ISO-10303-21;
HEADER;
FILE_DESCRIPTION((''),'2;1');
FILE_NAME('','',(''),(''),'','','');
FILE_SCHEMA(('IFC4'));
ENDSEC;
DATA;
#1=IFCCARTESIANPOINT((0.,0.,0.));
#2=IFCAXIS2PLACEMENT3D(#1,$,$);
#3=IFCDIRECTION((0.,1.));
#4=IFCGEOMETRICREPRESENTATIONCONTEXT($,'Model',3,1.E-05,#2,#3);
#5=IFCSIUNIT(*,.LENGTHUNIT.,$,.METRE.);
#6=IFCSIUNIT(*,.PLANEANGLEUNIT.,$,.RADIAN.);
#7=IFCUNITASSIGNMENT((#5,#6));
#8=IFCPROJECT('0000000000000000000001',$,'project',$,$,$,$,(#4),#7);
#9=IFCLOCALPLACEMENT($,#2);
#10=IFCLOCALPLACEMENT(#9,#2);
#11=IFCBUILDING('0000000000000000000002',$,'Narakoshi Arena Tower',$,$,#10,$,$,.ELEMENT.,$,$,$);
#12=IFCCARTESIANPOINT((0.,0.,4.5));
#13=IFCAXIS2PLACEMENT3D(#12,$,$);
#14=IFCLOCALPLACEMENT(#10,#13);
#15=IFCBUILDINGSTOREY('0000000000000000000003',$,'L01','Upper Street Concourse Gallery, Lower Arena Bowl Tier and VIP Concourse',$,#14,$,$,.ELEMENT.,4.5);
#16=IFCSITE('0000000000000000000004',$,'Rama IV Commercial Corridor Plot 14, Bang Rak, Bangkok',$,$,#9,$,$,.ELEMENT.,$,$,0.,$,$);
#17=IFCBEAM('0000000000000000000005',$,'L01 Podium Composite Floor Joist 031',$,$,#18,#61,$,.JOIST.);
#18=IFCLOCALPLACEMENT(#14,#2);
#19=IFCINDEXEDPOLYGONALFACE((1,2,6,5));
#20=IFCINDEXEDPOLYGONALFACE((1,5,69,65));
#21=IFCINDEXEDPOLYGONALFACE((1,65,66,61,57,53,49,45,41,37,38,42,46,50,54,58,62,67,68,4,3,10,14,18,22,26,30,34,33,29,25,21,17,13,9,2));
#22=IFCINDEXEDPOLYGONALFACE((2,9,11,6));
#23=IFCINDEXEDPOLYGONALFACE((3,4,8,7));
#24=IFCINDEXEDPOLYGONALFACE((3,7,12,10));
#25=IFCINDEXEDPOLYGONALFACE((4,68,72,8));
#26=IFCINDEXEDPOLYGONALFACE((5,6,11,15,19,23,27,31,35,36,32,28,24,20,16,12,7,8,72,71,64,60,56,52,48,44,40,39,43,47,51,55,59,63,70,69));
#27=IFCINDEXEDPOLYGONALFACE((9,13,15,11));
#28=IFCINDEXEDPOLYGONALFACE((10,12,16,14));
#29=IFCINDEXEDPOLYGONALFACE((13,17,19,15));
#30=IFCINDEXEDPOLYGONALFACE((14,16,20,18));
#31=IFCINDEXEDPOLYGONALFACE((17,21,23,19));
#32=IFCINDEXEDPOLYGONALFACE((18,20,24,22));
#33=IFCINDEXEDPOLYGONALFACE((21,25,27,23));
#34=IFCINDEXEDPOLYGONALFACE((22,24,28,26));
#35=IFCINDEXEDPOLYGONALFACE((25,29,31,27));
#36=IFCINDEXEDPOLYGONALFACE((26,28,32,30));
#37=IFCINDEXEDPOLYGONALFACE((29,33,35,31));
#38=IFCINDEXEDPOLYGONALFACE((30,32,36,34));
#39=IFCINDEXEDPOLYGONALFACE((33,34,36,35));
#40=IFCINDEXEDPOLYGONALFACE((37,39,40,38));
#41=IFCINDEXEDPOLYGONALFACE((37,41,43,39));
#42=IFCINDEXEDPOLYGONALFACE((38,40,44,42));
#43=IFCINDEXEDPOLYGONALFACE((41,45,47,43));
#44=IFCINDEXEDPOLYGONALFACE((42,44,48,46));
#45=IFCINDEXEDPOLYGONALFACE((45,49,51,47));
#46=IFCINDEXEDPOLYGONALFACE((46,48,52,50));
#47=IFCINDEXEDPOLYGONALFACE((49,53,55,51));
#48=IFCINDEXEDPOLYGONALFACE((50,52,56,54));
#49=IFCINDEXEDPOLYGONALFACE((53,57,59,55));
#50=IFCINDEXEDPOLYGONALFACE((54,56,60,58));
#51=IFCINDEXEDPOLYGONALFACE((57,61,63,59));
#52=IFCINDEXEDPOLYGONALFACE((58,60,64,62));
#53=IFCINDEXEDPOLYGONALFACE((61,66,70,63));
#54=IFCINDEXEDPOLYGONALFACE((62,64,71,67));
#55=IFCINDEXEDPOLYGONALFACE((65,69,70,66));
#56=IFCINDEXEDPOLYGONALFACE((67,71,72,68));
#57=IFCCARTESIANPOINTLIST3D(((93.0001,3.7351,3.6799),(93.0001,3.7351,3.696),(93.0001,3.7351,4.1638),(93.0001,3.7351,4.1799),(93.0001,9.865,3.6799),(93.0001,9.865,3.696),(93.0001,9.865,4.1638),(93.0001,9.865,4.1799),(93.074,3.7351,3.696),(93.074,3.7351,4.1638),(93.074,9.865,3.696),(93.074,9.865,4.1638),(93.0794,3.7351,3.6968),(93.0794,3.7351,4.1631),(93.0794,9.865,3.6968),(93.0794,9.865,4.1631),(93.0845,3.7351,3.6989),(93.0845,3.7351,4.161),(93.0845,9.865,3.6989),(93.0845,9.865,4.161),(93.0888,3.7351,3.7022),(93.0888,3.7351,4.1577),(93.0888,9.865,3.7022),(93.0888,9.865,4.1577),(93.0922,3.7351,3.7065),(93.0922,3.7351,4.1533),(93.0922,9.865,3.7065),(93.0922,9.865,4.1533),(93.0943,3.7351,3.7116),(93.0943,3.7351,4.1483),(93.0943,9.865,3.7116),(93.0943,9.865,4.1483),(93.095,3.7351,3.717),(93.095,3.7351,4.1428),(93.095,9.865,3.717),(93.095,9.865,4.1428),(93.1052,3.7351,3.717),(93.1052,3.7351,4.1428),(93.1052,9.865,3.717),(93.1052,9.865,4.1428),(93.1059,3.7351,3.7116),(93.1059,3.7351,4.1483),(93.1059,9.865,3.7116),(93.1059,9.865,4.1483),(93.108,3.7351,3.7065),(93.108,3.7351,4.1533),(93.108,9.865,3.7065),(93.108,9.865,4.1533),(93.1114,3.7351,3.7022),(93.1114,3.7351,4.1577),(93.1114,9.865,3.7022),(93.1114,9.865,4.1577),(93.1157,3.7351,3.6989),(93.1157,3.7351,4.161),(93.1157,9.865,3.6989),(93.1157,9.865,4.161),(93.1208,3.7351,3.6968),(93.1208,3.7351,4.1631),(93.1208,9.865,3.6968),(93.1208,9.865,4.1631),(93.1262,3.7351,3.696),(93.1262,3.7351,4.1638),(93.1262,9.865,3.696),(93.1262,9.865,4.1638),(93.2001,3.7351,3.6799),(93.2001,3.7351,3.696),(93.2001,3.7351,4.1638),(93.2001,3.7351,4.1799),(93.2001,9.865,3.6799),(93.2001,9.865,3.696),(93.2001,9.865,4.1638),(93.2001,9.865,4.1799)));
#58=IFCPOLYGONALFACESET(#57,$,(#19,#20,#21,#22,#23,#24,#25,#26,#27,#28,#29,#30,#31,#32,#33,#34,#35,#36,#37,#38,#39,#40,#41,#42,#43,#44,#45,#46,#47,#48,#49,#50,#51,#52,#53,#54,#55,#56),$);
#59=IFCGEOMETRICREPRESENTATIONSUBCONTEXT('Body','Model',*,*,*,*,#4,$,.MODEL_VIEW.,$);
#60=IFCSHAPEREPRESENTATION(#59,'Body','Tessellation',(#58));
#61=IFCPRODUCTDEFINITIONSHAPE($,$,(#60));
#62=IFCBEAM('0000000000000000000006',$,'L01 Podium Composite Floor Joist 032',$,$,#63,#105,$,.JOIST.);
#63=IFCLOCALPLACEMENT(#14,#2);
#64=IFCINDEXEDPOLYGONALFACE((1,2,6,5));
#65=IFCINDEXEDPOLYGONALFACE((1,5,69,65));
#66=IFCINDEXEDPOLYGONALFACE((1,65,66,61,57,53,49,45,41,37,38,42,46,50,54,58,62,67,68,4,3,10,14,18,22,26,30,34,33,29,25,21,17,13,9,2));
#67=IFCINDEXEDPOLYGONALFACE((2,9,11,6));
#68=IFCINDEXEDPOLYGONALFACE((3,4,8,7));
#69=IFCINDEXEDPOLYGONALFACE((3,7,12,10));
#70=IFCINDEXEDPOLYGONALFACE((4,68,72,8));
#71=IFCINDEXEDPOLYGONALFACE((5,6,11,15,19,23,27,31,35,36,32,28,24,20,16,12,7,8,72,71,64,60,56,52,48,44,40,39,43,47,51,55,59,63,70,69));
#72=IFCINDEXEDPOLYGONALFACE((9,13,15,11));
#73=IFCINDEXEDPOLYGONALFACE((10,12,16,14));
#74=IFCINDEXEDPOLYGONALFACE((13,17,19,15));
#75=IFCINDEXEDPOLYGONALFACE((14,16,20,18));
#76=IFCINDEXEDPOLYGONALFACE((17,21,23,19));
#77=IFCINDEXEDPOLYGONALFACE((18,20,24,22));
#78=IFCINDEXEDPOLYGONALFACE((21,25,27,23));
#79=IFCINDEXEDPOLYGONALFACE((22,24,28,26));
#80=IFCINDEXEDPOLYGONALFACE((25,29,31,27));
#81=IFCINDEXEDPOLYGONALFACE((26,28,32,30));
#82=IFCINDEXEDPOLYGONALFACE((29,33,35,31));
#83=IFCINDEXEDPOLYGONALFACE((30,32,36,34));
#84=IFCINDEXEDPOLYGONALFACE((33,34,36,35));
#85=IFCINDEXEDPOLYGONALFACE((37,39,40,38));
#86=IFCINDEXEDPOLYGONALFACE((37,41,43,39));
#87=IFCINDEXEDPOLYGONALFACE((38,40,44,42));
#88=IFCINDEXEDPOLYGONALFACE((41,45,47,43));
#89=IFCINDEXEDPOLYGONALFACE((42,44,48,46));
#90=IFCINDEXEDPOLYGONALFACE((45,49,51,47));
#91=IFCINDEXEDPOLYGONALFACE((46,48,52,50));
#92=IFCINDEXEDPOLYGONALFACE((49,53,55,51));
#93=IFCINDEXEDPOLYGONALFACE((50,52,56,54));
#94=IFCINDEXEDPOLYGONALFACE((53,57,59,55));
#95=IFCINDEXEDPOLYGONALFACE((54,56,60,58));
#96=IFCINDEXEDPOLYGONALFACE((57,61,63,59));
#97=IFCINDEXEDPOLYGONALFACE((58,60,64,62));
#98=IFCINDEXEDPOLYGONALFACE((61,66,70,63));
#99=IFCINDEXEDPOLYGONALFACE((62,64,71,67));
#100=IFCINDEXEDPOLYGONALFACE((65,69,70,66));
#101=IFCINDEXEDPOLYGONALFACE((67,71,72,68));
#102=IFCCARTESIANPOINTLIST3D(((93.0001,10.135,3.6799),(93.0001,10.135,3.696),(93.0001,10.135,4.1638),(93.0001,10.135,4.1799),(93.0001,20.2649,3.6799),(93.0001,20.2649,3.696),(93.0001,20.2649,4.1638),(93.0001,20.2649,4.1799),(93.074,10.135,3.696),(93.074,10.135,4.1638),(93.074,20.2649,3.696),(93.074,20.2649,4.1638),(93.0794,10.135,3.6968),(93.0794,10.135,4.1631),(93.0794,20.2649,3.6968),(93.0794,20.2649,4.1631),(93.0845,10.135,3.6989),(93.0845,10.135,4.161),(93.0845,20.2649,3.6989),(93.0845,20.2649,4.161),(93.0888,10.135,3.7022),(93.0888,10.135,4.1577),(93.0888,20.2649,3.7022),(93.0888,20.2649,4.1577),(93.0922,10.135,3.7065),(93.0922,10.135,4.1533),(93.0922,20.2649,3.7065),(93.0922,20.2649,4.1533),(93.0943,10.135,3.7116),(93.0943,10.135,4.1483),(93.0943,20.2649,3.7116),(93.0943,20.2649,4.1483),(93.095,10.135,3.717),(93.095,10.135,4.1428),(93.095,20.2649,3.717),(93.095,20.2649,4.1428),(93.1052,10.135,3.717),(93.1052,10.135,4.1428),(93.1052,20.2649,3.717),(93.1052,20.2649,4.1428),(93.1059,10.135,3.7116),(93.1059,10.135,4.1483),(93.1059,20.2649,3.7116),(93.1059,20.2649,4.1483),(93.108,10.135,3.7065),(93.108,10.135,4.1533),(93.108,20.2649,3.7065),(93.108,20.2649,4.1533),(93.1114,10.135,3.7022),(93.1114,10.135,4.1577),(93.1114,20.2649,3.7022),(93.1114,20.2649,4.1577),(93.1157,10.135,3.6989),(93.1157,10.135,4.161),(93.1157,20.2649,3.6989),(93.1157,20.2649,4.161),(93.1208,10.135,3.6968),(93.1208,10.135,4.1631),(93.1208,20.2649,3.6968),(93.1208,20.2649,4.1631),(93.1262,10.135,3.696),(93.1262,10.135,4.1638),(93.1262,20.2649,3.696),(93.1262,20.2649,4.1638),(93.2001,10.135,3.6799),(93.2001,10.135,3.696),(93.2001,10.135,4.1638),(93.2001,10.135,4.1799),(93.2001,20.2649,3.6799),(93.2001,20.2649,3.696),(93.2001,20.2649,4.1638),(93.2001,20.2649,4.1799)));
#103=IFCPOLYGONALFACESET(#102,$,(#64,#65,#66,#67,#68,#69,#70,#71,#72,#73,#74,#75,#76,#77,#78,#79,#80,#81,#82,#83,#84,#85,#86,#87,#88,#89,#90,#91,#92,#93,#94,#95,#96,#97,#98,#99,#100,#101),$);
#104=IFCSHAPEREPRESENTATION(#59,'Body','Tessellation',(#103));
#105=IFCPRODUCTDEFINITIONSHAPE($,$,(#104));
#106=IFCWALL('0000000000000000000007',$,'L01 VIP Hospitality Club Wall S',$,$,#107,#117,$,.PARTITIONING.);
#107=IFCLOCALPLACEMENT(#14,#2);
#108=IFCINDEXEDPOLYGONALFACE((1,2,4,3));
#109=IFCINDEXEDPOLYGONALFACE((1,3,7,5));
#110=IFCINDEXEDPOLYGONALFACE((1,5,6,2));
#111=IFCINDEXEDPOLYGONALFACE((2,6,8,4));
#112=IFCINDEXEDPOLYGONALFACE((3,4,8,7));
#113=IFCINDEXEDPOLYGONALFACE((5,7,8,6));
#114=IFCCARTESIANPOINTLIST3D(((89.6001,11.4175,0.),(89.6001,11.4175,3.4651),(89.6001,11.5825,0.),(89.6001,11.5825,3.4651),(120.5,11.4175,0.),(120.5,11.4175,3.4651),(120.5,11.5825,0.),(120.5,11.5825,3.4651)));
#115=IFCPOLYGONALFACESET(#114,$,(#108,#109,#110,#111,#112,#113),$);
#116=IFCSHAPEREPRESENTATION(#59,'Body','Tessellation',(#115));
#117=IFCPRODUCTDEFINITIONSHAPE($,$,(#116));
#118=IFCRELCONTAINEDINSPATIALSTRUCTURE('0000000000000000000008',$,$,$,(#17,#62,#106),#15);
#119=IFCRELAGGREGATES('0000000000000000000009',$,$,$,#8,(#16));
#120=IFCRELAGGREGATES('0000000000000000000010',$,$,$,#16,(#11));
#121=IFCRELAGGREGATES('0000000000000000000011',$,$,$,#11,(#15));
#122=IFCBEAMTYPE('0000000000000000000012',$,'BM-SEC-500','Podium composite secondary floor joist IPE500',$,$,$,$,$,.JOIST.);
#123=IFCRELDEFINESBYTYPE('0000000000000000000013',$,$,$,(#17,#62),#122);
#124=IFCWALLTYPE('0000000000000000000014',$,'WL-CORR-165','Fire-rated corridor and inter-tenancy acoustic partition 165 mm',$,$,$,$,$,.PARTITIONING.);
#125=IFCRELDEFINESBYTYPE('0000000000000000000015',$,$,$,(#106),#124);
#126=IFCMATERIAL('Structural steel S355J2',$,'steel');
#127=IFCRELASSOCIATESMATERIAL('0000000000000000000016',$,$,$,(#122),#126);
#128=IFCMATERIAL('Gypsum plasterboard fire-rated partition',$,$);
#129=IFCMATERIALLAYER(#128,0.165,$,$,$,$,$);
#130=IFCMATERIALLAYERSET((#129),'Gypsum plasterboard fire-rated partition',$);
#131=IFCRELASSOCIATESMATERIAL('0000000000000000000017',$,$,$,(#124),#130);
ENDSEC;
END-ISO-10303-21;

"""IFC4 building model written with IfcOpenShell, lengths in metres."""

from ifc_helpers import new_model, si_unit, direction, frame, frame_2d, origin, origin_2d, place, context, subcontext, project, spatial, rectangle, i_section, extrude, material, layer, layer_set, material_profile, profile_set, type_object, element, save


model = new_model("IFC4")

# Units and contexts
model_context = context("Model", 3, precision=1e-05, world=origin(), true_north=direction((0.0, 1.0)))
body_context = subcontext(model_context, "Body", "Model", "MODEL_VIEW")
ifc_project = project(units=[si_unit("LENGTHUNIT", "METRE"), si_unit("PLANEANGLEUNIT", "RADIAN")], contexts=[model_context])

# Site, building, storey
site_placement = place(None, origin())
site = spatial("IfcSite", under=ifc_project, at=site_placement, Name="Rama IV Commercial Corridor Plot 14, Bang Rak, Bangkok", CompositionType="ELEMENT", RefElevation=0.0)
building_placement = place(site_placement, origin())
building = spatial("IfcBuilding", under=site, at=building_placement, Name="Narakoshi Arena Tower", CompositionType="ELEMENT")
storey_placement = place(building_placement, frame((0.0, 0.0, 4.5)))
storey = spatial("IfcBuildingStorey", under=building, at=storey_placement, Name="L01", Description="Upper Street Concourse Gallery, Lower Arena Bowl Tier and VIP Concourse", CompositionType="ELEMENT", Elevation=4.5)

# Beams
ifc_material_1 = material(Name="Structural steel S355J2", Category="steel")
ifc_material_profile_1 = material_profile(ifc_material_1, i_section(OverallWidth=0.2, OverallDepth=0.5, WebThickness=0.0103, FlangeThickness=0.0161, FilletRadius=0.021, at=origin_2d()), Name="IPE500")
ifc_profile_set_1 = profile_set([ifc_material_profile_1], Name="Structural steel S355J2")
beam_type_1 = type_object("IfcBeamType", Name="BM-SEC-500", Description="Podium composite secondary floor joist IPE500", PredefinedType="JOIST", material=ifc_profile_set_1)
beam_1_placement = place(storey_placement, frame((93.1001, 3.7351, 3.9299), z_axis=(0.0, 1.0, 0.0), x_axis=(-1.0, 0.0, 0.0)))
element("IfcBeam", 1, at=beam_1_placement, inside=storey, type_object=beam_type_1, Name="L01 Podium Composite Floor Joist 031", PredefinedType="JOIST", context=body_context, shape_type="SweptSolid", body=[
    extrude(i_section(OverallWidth=0.2, OverallDepth=0.5, WebThickness=0.0103, FlangeThickness=0.0161, FilletRadius=0.021, at=origin_2d()), origin(), (0.0, 0.0, 1.0), 6.1299),
])
beam_2_placement = place(storey_placement, frame((93.1001, 10.135, 3.9299), z_axis=(0.0, 1.0, 0.0), x_axis=(-1.0, 0.0, 0.0)))
element("IfcBeam", 2, at=beam_2_placement, inside=storey, type_object=beam_type_1, Name="L01 Podium Composite Floor Joist 032", PredefinedType="JOIST", context=body_context, shape_type="SweptSolid", body=[
    extrude(i_section(OverallWidth=0.2, OverallDepth=0.5, WebThickness=0.0103, FlangeThickness=0.0161, FilletRadius=0.021, at=origin_2d()), origin(), (0.0, 0.0, 1.0), 10.1299),
])

# Wall
ifc_material_2 = material(Name="Gypsum plasterboard fire-rated partition")
ifc_layer = layer(ifc_material_2, 0.165)
ifc_layer_set = layer_set([ifc_layer], Name="Gypsum plasterboard fire-rated partition")
wall_type = type_object("IfcWallType", Name="WL-CORR-165", Description="Fire-rated corridor and inter-tenancy acoustic partition 165 mm", PredefinedType="PARTITIONING", material=ifc_layer_set)
wall_placement = place(storey_placement, frame((89.6001, 11.5, 0.0), z_axis=(0.0, 0.0, 1.0), x_axis=(1.0, 0.0, 0.0)))
element("IfcWall", 3, at=wall_placement, inside=storey, type_object=wall_type, Name="L01 VIP Hospitality Club Wall S", PredefinedType="PARTITIONING", context=body_context, shape_type="SweptSolid", body=[
    extrude(rectangle(XDim=30.8999, YDim=0.165, at=frame_2d((15.45, 0.0))), origin(), (0.0, 0.0, 1.0), 3.4651),
])

save(model, "model.ifc")
